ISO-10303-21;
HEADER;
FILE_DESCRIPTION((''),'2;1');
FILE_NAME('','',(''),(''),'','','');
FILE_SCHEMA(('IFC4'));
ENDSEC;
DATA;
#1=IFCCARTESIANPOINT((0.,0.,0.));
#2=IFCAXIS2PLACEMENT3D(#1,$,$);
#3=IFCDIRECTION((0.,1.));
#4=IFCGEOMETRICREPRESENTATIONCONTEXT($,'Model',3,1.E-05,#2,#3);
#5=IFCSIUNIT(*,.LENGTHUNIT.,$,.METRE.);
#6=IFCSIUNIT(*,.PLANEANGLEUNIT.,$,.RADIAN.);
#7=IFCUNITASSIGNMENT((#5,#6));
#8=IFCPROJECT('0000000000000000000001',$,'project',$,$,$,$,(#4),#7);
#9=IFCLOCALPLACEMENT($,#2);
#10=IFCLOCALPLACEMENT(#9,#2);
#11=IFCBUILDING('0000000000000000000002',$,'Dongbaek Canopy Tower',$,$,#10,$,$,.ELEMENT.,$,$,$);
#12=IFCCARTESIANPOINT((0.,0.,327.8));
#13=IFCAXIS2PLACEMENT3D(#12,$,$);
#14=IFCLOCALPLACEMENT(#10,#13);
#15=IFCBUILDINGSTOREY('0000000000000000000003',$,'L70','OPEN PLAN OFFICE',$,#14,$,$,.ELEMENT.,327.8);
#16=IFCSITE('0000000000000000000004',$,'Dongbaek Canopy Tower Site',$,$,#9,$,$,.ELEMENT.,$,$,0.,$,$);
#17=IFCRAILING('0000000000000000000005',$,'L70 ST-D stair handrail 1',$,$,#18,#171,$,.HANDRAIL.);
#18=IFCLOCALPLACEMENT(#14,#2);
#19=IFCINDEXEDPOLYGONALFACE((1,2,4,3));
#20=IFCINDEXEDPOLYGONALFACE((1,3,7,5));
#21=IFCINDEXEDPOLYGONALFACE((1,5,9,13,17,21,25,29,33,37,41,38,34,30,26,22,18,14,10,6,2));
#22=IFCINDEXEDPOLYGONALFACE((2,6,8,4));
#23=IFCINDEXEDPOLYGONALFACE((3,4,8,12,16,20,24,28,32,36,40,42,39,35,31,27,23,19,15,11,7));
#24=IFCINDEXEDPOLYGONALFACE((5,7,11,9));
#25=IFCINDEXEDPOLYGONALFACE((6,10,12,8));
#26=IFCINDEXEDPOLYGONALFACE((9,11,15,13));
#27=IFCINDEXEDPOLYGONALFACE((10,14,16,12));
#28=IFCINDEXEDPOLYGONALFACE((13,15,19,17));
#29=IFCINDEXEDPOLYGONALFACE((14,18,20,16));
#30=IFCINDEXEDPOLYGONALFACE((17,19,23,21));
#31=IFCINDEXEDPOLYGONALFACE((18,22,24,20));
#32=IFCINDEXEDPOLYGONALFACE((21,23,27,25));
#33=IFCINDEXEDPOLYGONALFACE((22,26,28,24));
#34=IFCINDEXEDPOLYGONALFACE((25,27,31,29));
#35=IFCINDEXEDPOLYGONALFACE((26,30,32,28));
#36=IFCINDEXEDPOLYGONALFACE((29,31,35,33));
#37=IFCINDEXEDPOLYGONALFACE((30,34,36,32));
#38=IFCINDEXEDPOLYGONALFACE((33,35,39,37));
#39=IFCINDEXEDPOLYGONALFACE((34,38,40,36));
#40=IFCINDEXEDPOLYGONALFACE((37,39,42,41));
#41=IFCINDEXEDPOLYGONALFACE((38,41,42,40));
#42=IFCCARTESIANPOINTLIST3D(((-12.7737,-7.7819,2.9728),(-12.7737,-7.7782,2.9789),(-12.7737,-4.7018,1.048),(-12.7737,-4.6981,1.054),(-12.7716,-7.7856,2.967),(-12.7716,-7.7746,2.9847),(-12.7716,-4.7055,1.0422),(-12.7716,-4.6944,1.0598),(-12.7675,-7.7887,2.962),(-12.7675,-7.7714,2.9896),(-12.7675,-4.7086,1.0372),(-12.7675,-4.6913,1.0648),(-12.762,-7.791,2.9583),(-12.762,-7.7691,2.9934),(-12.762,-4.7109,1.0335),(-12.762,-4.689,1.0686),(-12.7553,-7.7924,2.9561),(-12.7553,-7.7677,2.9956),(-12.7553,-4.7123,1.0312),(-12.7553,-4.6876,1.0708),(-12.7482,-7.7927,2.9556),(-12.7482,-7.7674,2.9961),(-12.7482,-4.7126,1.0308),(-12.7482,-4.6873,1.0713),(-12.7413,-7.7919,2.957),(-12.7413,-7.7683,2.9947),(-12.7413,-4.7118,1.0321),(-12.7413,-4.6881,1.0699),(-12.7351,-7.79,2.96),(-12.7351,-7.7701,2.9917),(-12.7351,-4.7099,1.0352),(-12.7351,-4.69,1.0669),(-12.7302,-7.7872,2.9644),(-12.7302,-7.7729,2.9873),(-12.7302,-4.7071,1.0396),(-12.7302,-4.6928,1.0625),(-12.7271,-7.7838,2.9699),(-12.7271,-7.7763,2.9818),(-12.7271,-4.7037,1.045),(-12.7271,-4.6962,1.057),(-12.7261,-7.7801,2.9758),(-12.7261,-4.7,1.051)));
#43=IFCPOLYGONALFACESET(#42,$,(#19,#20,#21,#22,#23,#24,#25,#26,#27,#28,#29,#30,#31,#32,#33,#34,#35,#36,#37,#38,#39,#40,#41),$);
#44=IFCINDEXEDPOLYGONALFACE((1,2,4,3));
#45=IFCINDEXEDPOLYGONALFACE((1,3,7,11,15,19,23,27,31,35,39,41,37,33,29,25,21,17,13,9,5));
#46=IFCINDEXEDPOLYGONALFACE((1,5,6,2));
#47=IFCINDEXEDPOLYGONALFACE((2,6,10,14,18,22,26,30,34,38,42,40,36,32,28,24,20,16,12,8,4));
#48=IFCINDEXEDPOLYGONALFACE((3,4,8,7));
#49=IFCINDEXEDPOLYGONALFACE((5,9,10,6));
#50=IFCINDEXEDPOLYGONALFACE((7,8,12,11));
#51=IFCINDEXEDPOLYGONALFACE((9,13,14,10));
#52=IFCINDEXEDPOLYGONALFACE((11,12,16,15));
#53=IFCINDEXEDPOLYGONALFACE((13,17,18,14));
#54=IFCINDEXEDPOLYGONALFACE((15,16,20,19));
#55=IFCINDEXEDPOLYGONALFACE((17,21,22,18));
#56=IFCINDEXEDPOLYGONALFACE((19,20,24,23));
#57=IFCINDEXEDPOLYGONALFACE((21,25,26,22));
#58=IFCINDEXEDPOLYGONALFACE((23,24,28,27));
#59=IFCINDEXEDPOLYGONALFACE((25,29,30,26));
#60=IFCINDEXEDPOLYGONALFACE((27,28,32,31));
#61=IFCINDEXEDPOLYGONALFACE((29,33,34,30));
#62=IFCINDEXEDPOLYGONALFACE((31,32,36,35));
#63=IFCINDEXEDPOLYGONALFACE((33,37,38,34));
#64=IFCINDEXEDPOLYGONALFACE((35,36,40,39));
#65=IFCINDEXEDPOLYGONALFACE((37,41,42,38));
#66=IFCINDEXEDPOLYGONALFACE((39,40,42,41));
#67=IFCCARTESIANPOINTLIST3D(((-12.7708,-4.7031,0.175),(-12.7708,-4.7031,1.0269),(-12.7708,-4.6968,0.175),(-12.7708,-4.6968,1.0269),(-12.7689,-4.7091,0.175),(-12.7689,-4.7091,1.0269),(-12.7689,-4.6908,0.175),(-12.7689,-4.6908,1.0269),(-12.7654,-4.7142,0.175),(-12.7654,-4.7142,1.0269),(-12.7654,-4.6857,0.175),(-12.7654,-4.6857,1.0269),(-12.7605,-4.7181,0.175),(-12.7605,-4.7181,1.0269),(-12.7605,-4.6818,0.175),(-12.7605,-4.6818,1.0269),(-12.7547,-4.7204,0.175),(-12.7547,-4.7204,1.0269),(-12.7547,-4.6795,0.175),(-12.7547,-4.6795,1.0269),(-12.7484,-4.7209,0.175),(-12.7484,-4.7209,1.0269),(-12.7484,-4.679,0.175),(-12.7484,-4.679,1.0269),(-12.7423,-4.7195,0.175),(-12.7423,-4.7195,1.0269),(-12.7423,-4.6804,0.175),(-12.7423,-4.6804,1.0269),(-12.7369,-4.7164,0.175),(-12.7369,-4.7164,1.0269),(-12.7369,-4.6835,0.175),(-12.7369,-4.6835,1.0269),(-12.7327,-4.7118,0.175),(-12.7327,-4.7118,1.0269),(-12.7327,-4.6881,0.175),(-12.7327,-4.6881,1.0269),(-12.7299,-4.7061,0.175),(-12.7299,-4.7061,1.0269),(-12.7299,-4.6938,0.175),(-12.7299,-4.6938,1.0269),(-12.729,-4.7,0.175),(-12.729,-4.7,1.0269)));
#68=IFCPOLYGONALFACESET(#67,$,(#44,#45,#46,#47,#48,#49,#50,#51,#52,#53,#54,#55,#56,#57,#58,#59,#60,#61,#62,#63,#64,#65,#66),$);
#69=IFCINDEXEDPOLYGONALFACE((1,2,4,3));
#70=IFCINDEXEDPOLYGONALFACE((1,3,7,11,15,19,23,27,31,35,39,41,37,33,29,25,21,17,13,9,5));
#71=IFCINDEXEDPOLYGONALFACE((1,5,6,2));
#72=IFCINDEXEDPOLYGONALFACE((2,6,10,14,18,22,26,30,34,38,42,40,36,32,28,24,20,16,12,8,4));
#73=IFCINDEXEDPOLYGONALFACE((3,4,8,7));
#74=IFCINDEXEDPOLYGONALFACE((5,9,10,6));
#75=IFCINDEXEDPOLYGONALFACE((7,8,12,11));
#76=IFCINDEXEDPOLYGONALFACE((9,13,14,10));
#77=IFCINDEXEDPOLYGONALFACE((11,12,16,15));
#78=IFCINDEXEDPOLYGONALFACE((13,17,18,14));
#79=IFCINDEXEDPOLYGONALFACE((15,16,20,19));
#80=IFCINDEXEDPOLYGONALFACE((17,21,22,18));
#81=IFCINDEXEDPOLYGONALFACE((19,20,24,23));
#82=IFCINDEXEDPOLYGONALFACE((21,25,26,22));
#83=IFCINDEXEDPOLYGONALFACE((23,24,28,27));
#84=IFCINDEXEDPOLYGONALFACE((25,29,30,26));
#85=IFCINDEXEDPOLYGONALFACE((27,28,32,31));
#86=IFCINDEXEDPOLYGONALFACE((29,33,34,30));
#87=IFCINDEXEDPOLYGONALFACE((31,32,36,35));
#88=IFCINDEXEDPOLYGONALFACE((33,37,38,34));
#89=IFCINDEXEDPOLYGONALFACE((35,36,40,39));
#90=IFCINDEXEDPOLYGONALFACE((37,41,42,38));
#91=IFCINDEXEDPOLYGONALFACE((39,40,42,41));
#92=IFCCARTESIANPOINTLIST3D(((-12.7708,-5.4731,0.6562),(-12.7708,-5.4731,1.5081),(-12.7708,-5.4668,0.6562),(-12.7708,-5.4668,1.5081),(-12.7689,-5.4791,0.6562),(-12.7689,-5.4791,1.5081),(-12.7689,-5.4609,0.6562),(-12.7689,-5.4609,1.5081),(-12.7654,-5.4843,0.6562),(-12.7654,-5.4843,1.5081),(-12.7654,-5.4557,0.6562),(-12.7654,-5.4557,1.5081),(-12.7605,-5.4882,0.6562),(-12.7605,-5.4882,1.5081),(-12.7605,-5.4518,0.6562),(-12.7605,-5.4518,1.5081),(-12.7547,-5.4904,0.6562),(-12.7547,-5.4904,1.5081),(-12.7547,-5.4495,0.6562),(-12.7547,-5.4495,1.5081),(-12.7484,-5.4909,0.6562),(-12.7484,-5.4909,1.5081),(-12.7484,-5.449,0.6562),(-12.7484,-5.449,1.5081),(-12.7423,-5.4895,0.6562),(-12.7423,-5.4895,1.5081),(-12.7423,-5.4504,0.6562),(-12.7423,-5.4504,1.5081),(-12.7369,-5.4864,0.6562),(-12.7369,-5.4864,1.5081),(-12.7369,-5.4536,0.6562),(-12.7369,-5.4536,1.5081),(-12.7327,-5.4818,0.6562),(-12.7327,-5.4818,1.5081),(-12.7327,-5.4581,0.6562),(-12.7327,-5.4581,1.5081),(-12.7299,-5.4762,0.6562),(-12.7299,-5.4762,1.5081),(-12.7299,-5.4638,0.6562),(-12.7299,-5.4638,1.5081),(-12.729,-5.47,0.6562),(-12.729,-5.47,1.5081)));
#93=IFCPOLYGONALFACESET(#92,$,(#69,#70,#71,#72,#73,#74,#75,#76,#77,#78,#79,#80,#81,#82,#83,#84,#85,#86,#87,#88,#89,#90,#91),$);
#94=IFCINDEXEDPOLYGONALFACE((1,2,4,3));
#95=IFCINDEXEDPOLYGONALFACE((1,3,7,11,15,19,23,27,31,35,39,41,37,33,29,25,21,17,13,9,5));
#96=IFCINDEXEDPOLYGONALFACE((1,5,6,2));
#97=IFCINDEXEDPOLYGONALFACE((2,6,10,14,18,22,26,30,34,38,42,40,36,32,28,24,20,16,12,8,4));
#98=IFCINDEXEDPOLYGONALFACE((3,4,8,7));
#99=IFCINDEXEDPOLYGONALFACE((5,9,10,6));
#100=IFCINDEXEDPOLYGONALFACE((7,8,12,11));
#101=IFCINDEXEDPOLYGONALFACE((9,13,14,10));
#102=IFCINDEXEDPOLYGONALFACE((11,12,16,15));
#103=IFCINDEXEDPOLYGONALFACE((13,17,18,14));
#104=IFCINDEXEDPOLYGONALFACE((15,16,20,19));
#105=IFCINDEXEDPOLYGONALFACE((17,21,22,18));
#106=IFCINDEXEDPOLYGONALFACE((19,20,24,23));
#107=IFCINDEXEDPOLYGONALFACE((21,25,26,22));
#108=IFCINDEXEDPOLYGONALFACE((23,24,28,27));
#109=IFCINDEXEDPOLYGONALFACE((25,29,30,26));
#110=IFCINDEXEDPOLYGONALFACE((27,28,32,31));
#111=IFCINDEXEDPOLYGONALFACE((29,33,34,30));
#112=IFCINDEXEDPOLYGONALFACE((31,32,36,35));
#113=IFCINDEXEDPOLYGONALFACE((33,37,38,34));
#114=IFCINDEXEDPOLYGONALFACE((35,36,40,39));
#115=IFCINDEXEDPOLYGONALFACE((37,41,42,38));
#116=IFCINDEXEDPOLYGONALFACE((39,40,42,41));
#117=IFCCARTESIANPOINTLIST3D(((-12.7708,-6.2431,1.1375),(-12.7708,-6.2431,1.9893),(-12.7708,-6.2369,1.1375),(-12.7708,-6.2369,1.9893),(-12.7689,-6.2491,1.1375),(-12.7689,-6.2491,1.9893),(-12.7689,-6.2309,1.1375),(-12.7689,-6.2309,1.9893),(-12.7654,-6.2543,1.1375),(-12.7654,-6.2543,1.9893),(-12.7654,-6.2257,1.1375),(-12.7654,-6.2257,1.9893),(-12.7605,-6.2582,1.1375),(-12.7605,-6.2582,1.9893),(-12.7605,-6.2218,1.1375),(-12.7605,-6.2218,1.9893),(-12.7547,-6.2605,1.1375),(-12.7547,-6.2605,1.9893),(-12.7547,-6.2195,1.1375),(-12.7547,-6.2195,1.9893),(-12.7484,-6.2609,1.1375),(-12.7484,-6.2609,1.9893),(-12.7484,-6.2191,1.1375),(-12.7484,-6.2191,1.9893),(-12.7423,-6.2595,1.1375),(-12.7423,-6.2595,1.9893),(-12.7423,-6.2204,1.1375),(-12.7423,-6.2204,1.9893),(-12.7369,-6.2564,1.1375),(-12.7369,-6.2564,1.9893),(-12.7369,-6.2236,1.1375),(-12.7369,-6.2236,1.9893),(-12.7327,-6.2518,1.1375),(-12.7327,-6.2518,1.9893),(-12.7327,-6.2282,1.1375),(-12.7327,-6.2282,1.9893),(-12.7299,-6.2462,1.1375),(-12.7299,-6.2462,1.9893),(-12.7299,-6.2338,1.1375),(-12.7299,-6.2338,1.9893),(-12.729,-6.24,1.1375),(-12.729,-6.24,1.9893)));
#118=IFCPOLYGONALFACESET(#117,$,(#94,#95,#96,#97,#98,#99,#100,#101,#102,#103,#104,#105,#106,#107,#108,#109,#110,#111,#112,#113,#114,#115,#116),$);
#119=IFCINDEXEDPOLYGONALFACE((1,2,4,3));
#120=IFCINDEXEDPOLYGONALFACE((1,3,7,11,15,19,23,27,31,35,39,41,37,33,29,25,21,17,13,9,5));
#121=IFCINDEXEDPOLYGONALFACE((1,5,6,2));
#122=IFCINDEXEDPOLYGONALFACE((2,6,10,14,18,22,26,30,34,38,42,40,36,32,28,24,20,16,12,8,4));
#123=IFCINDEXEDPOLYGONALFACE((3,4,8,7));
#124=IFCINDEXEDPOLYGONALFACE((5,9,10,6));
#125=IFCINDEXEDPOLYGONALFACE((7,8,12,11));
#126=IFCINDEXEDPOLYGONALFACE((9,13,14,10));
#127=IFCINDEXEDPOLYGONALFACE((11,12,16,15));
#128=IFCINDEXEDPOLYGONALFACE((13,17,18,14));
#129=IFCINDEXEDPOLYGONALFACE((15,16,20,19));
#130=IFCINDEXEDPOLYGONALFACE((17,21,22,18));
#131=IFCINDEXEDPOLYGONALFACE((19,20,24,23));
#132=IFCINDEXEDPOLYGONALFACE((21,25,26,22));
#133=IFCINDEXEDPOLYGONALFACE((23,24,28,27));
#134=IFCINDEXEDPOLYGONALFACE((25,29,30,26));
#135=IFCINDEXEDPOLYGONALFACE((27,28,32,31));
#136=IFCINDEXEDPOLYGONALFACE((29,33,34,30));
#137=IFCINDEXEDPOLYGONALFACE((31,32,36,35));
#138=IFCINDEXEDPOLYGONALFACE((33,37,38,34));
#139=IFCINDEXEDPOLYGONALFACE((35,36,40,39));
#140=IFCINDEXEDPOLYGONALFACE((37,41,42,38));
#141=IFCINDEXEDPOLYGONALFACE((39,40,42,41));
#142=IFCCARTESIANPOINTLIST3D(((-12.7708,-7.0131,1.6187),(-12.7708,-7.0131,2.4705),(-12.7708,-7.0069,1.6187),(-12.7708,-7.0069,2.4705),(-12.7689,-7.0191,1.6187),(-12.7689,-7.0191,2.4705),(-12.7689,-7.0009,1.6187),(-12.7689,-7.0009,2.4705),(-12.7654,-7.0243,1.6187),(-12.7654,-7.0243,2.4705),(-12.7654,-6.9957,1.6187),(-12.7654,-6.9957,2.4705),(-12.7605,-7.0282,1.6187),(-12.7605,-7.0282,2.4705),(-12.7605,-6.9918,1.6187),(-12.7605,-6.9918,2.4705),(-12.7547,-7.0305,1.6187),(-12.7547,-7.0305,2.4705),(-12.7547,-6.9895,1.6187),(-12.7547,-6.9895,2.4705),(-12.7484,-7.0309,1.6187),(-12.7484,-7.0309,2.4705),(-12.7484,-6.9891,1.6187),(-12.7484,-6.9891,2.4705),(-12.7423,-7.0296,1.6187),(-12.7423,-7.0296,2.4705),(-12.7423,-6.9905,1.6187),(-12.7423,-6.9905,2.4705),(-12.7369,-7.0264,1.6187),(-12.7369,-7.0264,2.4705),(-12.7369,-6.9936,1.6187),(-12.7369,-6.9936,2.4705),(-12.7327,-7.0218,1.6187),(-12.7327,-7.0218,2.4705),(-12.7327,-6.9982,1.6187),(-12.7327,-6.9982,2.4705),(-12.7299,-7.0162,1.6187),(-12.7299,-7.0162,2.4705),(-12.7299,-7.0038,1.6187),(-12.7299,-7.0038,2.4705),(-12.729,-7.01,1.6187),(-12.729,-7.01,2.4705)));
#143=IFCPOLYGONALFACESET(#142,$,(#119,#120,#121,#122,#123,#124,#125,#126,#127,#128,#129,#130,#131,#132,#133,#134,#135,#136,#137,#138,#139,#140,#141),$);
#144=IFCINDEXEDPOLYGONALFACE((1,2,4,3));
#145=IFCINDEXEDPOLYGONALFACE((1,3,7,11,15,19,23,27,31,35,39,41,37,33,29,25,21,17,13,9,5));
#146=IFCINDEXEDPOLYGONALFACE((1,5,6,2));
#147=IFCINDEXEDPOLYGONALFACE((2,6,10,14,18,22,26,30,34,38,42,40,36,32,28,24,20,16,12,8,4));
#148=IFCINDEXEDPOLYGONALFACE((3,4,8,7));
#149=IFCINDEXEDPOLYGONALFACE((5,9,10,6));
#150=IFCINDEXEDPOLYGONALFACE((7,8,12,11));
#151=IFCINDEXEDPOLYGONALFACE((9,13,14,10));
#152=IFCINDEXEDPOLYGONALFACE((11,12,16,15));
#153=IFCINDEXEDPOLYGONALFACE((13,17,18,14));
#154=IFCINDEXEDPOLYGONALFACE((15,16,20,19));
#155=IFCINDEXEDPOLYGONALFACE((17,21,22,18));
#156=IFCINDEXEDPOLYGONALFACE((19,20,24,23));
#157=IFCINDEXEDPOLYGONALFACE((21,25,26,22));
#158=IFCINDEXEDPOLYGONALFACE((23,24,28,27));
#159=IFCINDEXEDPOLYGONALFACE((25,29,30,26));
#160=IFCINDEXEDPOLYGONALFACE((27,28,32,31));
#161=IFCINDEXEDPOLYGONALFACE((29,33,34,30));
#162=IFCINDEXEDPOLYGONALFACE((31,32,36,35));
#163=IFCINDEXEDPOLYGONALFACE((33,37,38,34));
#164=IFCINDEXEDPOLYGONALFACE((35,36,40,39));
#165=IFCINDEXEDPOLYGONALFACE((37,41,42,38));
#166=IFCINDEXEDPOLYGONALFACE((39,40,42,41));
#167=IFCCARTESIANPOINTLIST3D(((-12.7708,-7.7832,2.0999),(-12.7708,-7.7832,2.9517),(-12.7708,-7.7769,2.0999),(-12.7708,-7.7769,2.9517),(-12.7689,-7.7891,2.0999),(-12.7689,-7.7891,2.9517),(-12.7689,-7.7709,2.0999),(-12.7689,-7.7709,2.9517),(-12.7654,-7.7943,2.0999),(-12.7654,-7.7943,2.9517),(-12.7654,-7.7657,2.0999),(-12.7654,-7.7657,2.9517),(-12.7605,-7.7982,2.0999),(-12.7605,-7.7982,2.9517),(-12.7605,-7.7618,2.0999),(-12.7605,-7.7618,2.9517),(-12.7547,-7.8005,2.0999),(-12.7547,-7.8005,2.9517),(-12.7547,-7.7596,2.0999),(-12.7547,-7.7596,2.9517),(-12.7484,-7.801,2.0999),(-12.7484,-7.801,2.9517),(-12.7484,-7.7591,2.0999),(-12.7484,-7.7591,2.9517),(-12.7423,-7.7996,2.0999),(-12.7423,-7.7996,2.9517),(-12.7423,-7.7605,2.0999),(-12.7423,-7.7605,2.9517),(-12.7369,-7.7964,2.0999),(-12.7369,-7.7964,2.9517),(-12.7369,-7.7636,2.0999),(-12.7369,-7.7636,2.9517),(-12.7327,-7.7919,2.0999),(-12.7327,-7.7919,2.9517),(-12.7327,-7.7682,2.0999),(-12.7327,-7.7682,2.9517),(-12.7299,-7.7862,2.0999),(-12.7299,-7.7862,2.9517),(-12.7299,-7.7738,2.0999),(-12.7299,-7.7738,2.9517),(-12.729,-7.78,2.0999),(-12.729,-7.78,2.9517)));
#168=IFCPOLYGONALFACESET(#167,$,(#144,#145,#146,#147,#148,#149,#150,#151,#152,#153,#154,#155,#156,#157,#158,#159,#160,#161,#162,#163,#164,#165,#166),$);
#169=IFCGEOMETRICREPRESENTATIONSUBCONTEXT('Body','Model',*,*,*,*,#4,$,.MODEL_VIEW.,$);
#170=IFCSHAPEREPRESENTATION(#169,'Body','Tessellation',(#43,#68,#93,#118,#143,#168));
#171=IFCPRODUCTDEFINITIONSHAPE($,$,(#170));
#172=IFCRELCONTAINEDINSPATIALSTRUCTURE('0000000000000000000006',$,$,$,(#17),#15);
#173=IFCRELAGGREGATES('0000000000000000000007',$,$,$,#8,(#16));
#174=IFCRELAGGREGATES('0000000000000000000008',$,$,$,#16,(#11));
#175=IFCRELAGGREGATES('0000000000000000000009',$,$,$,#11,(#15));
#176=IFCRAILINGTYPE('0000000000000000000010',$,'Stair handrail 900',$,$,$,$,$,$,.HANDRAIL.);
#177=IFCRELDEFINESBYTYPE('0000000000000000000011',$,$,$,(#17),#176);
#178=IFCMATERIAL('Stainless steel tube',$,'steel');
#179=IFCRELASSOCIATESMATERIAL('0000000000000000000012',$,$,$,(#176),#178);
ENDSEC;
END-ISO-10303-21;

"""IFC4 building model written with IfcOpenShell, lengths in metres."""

from ifc_helpers import new_model, si_unit, direction, frame, origin, origin_2d, place, context, subcontext, project, spatial, circle, extrude, material, type_object, element, save


model = new_model("IFC4")

# Units and contexts
model_context = context("Model", 3, precision=1e-05, world=origin(), true_north=direction((0.0, 1.0)))
body_context = subcontext(model_context, "Body", "Model", "MODEL_VIEW")
ifc_project = project(units=[si_unit("LENGTHUNIT", "METRE"), si_unit("PLANEANGLEUNIT", "RADIAN")], contexts=[model_context])

# Site, building, storey
site_placement = place(None, origin())
site = spatial("IfcSite", under=ifc_project, at=site_placement, Name="Dongbaek Canopy Tower Site", CompositionType="ELEMENT", RefElevation=0.0)
building_placement = place(site_placement, origin())
building = spatial("IfcBuilding", under=site, at=building_placement, Name="Dongbaek Canopy Tower", CompositionType="ELEMENT")
storey_placement = place(building_placement, frame((0.0, 0.0, 327.8)))
storey = spatial("IfcBuildingStorey", under=building, at=storey_placement, Name="L70", Description="OPEN PLAN OFFICE", CompositionType="ELEMENT", Elevation=327.8)

# Railing
ifc_material_1 = material(Name="Stainless steel tube", Category="steel")
railing_type_1 = type_object("IfcRailingType", Name="Stair handrail 900", PredefinedType="HANDRAIL", material=ifc_material_1)
railing_1_placement = place(storey_placement, frame((-12.75, -4.7, 0.175)))
element("IfcRailing", 1, at=railing_1_placement, inside=storey, type_object=railing_type_1, Name="L70 ST-D stair handrail 1", PredefinedType="HANDRAIL", context=body_context, shape_type="SweptSolid", body=[
    extrude(circle(Radius=0.0239, at=origin_2d()), frame((0.0, 0.0, 0.876), z_axis=(0.0, -0.848029, 0.529951), x_axis=(1.0, 0.0, 0.0)), (0.0, 0.0, 1.0), 3.6321),
    extrude(circle(Radius=0.021, at=origin_2d()), origin(), (0.0, 0.0, 1.0), 0.8518),
    extrude(circle(Radius=0.021, at=origin_2d()), frame((0.0, -0.77, 0.4812)), (0.0, 0.0, 1.0), 0.8518),
    extrude(circle(Radius=0.021, at=origin_2d()), frame((0.0, -1.54, 0.9624)), (0.0, 0.0, 1.0), 0.8518),
    extrude(circle(Radius=0.021, at=origin_2d()), frame((0.0, -2.3101, 1.4436)), (0.0, 0.0, 1.0), 0.8518),
    extrude(circle(Radius=0.021, at=origin_2d()), frame((0.0, -3.0801, 1.9248)), (0.0, 0.0, 1.0), 0.8518),
])

save(model, "model.ifc")
